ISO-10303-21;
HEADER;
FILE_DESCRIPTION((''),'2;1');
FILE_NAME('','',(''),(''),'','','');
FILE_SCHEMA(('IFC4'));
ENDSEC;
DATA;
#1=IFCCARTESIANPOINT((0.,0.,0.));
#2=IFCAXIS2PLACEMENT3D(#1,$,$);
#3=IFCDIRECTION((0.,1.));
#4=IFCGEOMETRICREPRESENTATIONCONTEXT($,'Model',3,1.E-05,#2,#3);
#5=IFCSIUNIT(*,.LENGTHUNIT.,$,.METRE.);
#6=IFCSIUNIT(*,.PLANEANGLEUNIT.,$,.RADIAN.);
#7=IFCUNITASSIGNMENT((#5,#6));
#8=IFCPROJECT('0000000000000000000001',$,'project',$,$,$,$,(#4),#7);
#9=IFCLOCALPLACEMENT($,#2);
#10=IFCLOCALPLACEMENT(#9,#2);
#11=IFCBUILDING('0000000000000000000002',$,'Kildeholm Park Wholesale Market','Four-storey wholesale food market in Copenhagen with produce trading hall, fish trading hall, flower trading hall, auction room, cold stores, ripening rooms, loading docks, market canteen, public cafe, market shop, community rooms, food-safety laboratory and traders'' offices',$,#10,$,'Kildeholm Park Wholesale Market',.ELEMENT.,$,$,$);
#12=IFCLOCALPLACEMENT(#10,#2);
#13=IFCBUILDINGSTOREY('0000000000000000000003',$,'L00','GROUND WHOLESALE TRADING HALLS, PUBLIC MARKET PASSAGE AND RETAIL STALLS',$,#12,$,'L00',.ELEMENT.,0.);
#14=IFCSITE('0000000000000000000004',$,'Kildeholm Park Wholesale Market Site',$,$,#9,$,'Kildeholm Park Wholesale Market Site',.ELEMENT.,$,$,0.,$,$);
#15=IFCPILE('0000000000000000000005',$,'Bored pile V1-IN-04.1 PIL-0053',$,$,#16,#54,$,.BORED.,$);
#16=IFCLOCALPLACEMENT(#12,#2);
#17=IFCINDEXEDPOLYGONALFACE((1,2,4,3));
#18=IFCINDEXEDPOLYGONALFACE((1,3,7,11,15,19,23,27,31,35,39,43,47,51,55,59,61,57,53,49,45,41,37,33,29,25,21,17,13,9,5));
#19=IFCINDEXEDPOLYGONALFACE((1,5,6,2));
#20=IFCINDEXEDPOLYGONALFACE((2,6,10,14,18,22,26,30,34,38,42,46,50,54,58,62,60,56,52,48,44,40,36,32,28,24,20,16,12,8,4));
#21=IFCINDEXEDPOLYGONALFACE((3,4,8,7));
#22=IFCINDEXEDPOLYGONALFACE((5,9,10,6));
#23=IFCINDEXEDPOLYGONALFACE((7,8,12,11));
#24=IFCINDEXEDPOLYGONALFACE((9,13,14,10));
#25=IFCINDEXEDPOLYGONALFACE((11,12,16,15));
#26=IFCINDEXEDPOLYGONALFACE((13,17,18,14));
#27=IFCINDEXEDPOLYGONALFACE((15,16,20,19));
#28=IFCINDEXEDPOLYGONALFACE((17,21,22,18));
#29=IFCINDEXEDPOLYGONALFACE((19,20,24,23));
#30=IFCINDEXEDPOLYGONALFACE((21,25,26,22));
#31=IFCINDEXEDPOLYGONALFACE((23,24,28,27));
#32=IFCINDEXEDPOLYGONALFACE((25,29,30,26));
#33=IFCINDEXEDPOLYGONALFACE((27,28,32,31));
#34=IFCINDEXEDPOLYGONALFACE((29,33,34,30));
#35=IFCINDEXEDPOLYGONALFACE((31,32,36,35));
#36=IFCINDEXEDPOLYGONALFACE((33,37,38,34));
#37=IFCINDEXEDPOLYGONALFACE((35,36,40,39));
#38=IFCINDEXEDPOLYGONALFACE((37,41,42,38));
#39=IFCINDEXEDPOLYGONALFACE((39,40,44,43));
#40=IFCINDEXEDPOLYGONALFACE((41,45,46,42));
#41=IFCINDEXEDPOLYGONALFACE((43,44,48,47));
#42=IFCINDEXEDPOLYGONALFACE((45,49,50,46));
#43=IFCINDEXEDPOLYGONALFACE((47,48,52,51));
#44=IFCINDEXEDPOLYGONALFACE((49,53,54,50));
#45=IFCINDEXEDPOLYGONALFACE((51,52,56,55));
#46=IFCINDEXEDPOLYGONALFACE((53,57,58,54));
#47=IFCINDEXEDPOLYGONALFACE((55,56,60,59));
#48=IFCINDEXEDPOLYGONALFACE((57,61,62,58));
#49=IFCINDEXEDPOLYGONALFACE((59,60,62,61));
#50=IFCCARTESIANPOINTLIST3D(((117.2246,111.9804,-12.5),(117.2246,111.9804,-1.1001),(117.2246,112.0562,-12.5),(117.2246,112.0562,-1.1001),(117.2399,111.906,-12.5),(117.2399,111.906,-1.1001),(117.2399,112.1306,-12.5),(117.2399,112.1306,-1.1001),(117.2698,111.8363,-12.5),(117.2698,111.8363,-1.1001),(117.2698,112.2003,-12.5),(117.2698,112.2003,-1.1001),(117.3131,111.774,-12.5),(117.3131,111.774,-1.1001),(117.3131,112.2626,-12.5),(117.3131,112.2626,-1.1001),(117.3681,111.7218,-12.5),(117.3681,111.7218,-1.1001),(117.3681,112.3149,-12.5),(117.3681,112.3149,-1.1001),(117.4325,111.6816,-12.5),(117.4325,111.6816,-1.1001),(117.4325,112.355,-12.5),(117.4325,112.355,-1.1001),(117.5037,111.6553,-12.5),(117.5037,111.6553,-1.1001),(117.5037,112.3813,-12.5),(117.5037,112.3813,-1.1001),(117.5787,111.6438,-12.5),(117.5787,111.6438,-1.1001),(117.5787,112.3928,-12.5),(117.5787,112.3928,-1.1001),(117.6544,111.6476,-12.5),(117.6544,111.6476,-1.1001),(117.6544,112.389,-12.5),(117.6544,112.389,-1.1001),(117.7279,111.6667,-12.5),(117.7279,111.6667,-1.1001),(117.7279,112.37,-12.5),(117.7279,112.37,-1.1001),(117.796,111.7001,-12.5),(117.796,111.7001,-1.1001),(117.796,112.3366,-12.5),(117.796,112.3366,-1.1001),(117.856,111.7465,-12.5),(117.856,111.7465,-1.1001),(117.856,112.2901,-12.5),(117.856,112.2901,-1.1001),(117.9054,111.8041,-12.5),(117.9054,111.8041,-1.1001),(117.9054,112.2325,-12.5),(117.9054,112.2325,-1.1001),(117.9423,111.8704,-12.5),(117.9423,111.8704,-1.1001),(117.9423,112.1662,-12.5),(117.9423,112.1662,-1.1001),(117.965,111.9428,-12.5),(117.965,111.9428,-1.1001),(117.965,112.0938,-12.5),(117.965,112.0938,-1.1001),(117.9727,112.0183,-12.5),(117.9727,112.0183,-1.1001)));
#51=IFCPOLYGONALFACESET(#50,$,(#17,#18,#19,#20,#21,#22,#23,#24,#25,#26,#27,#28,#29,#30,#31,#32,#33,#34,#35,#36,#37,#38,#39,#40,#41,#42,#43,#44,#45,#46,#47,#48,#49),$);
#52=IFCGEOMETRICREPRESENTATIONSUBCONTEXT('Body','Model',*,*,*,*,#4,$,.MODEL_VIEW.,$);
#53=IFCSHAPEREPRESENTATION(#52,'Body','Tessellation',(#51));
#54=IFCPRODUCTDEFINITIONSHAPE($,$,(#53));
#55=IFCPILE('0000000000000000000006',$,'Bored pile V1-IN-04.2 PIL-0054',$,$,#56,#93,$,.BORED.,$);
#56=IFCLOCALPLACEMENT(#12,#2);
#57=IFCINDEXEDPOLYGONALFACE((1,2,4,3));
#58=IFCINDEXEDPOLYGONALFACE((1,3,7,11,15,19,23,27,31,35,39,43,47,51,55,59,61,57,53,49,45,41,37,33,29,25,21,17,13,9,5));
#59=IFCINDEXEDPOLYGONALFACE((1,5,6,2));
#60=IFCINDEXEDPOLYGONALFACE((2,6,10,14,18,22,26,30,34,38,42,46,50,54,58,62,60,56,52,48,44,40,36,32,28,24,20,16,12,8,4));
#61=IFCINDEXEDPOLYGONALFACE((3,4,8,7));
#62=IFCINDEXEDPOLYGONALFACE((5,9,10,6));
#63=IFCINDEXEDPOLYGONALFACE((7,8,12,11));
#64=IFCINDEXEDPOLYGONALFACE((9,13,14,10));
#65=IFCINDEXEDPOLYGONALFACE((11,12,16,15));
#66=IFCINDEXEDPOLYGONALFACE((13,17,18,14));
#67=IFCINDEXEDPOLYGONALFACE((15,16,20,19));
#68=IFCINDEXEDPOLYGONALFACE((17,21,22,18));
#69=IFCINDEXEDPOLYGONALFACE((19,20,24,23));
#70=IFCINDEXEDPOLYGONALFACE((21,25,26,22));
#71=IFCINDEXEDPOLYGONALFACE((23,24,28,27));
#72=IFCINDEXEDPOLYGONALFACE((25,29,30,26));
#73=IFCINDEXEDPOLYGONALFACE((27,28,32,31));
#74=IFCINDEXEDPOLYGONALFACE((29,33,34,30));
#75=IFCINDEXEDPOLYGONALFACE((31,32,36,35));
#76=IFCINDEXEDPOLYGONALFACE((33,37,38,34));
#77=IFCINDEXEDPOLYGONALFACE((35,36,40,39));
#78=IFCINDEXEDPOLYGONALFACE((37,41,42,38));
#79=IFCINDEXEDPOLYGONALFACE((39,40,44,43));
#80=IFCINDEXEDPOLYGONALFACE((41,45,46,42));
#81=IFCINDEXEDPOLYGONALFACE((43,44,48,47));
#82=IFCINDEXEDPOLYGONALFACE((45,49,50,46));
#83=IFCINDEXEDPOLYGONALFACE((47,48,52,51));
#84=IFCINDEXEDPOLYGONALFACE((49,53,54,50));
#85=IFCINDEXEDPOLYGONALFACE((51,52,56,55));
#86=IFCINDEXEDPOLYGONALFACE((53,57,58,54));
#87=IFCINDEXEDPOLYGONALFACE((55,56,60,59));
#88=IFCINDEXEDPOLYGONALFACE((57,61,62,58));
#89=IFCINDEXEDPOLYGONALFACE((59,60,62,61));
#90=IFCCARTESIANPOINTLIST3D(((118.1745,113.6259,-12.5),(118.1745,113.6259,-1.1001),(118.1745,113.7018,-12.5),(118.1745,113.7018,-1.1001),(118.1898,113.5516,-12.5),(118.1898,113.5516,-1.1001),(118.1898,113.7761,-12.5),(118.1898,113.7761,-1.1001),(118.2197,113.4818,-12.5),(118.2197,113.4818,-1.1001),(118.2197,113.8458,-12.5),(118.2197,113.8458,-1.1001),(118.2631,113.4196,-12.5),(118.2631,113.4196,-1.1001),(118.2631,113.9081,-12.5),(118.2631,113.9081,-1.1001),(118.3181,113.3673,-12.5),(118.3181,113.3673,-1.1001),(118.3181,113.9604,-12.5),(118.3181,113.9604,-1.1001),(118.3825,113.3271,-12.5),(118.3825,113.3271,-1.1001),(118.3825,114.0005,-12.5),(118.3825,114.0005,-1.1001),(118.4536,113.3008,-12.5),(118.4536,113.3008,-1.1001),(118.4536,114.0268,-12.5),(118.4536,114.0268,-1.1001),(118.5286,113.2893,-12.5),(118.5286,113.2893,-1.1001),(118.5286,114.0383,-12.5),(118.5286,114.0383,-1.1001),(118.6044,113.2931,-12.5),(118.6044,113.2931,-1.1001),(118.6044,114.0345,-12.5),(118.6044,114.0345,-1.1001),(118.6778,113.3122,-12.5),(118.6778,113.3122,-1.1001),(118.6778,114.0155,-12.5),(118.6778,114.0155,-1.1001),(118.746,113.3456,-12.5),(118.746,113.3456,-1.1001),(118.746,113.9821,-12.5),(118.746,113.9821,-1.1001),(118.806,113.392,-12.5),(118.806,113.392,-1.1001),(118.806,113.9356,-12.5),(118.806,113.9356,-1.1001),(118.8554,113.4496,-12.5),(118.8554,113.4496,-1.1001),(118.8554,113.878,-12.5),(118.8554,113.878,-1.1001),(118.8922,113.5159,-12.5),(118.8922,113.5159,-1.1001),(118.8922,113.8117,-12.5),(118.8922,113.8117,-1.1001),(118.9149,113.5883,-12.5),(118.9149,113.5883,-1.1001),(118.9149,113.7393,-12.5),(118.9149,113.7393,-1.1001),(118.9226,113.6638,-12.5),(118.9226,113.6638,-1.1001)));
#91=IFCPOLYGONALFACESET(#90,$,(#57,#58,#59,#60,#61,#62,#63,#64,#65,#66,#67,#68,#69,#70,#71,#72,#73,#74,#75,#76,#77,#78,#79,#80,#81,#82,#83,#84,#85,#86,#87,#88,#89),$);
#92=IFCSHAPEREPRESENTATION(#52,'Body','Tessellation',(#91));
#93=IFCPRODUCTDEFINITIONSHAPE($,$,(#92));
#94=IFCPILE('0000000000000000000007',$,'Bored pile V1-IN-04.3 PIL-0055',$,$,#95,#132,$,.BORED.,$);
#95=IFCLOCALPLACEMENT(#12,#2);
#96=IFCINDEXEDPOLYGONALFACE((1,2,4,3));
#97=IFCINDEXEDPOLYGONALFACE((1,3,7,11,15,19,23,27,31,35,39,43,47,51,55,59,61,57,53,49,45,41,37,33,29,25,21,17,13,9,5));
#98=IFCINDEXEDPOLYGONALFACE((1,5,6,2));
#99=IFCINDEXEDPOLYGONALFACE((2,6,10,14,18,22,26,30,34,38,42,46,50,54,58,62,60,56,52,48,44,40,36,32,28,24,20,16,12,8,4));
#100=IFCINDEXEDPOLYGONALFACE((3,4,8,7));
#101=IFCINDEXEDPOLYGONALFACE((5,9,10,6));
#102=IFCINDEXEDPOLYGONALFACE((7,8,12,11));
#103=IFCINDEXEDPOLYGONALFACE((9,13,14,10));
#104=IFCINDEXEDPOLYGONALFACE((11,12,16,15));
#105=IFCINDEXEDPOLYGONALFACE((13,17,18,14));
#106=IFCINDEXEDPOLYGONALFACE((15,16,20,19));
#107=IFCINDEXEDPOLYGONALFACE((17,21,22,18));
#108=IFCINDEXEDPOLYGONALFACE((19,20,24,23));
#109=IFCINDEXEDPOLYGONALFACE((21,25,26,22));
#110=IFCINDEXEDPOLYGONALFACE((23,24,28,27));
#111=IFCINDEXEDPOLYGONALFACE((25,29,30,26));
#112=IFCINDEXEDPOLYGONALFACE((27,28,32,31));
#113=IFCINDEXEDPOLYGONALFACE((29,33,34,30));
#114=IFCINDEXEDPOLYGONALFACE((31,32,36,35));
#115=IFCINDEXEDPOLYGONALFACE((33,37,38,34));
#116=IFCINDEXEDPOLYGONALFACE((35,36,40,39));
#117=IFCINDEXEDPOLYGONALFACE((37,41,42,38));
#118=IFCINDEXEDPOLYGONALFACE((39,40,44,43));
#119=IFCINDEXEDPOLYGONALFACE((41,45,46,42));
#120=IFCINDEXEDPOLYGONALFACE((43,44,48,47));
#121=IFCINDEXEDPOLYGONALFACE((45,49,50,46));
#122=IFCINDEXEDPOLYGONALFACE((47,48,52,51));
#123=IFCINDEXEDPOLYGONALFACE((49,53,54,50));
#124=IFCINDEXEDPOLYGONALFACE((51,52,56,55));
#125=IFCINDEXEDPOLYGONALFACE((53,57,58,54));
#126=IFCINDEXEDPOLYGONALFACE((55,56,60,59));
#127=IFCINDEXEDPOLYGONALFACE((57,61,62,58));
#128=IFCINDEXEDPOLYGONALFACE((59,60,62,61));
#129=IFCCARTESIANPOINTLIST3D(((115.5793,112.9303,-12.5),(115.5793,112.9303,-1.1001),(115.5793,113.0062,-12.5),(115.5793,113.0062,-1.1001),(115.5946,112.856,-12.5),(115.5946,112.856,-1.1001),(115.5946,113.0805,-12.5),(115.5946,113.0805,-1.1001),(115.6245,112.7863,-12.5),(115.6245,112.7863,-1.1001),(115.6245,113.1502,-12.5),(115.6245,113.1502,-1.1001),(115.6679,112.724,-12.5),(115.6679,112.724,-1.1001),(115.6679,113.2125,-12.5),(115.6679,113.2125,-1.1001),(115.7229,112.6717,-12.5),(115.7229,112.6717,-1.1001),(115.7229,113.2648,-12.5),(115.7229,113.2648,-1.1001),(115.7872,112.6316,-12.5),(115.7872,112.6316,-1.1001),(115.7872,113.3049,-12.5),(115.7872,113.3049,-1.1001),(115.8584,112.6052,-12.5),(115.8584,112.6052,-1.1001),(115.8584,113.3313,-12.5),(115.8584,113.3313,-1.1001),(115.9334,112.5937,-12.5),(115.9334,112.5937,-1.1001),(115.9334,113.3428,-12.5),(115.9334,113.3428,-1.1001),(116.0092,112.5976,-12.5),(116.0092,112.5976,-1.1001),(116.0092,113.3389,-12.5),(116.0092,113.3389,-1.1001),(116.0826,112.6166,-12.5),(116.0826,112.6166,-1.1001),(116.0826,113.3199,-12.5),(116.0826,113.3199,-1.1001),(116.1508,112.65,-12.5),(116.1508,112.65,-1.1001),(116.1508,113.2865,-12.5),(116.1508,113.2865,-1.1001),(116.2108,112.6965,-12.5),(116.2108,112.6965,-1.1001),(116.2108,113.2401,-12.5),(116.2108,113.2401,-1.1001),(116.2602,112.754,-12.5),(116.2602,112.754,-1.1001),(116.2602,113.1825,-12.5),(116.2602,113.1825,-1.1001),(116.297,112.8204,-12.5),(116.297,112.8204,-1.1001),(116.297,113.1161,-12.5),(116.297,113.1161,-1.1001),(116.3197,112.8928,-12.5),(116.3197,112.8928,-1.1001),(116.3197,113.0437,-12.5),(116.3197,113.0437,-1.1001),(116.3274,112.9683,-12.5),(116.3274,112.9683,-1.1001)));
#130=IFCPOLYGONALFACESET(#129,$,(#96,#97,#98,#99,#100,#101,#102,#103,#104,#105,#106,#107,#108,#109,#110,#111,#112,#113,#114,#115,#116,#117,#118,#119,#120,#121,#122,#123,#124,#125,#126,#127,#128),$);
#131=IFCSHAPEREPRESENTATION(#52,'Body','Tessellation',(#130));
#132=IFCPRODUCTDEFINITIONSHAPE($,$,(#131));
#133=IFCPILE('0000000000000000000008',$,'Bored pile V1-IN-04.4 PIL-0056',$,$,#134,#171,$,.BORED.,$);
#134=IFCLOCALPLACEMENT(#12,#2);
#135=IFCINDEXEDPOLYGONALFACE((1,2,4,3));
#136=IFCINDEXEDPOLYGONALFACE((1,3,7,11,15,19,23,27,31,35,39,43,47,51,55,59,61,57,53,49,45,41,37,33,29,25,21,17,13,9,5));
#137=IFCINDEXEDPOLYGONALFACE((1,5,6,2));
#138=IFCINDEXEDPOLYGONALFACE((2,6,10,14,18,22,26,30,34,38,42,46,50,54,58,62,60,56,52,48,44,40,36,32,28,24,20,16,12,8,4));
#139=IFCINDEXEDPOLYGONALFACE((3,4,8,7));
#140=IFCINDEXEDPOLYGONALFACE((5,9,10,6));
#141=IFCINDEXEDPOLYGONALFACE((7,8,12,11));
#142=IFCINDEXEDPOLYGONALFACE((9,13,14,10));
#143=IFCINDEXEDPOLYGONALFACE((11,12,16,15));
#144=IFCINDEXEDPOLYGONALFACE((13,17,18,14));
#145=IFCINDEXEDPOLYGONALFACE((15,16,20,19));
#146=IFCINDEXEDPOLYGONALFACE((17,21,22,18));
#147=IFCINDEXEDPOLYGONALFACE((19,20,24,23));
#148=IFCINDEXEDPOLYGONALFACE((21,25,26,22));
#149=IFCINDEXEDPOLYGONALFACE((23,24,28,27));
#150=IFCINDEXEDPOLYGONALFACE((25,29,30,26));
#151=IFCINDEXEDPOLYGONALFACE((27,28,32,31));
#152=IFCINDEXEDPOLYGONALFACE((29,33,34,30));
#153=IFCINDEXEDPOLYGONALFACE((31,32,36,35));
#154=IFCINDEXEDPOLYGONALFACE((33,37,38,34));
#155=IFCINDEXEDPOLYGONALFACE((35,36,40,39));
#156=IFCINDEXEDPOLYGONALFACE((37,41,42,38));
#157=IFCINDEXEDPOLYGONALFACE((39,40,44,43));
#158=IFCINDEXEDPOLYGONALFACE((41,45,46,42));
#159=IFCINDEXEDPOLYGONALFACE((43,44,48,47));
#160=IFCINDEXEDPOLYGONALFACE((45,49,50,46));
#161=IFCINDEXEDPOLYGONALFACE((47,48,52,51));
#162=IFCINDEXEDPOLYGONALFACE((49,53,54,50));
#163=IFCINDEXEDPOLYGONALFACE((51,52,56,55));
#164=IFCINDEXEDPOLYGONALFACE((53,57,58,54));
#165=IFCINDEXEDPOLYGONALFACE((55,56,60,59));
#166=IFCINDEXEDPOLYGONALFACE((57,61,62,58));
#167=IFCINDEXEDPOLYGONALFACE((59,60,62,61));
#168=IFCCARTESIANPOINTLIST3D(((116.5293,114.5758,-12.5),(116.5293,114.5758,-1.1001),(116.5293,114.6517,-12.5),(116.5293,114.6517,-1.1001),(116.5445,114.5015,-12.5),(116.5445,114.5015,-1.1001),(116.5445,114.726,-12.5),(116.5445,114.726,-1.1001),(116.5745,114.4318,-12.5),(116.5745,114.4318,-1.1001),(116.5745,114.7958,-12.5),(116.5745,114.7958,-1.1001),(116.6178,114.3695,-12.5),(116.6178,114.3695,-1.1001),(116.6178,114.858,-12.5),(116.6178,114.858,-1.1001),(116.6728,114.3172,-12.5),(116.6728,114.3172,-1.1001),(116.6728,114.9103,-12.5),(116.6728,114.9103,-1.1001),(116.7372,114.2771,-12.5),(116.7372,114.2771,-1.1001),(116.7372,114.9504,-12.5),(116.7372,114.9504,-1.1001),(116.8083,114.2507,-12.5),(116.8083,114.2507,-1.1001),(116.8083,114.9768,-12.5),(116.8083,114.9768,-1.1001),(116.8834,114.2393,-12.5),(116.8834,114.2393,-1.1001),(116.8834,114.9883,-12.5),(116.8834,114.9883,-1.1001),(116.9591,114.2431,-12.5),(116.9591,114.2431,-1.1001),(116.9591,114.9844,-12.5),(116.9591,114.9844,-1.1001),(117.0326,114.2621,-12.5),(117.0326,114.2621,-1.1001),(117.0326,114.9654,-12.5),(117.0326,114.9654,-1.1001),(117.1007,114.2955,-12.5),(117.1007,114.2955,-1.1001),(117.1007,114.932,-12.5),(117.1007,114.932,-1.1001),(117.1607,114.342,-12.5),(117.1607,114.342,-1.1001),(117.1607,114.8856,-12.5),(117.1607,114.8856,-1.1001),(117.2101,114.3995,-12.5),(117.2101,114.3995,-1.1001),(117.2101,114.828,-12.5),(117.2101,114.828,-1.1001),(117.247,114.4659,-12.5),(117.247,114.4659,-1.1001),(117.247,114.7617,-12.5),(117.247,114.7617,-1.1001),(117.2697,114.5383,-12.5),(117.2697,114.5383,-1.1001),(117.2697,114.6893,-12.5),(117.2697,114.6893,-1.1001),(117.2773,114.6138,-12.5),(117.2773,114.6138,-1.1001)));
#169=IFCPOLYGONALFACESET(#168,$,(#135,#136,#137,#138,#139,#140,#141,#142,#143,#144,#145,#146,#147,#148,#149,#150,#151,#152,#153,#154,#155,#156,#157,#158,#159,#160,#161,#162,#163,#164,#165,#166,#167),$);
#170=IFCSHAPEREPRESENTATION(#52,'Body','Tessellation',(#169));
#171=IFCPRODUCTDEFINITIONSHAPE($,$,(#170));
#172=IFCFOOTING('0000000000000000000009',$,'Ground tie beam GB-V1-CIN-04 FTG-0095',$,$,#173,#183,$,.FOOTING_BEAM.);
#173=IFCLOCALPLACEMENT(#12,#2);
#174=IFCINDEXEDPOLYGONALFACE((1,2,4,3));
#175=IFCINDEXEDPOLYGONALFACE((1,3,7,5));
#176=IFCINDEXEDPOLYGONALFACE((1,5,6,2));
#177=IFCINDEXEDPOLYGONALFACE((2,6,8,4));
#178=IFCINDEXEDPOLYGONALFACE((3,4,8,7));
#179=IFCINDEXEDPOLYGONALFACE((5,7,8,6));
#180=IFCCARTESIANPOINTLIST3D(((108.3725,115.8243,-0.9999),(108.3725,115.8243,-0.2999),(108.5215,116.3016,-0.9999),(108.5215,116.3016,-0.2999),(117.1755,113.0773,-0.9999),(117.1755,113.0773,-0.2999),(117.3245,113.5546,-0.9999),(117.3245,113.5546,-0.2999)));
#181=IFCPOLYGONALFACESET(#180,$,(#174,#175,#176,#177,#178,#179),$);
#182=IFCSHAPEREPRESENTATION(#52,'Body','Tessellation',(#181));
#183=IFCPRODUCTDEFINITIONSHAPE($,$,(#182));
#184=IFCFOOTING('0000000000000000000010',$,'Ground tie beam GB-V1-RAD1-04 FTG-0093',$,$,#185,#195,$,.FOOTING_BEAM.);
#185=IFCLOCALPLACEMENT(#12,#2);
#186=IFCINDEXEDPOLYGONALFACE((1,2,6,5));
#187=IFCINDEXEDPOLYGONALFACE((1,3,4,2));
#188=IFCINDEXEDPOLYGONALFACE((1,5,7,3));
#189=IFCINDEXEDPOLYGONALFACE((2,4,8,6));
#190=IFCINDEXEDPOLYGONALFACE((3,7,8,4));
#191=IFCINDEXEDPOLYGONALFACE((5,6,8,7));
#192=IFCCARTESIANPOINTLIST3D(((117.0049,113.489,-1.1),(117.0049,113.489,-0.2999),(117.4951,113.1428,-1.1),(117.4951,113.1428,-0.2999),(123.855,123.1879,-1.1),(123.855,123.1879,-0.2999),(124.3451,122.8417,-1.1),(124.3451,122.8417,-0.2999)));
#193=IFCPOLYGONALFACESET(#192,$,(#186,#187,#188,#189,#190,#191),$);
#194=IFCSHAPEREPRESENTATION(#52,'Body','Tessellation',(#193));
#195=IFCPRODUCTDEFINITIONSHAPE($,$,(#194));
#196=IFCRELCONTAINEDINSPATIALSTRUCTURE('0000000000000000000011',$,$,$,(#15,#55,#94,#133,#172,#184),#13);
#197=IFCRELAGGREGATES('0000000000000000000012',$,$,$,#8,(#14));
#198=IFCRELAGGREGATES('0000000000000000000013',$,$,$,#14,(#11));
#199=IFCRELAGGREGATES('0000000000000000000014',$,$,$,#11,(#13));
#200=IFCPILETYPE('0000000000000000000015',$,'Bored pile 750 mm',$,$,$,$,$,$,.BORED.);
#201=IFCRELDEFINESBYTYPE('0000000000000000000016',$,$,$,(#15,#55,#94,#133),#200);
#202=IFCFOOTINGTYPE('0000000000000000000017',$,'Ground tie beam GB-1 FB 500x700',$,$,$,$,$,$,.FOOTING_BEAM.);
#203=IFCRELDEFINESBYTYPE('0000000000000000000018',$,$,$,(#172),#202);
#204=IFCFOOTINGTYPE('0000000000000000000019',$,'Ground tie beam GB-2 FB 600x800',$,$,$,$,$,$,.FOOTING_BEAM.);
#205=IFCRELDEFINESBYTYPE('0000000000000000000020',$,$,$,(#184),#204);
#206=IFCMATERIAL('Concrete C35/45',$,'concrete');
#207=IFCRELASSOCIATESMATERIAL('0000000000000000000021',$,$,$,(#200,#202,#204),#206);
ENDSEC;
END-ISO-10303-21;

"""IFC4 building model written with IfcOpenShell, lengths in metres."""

from ifc_helpers import new_model, si_unit, direction, frame, origin, origin_2d, place, context, subcontext, project, spatial, rectangle, circle, extrude, material, material_profile, profile_set, type_object, element, save


model = new_model("IFC4")

# Units and contexts
model_context = context("Model", 3, precision=1e-05, world=origin(), true_north=direction((0.0, 1.0)))
body_context = subcontext(model_context, "Body", "Model", "MODEL_VIEW")
ifc_project = project(units=[si_unit("LENGTHUNIT", "METRE"), si_unit("PLANEANGLEUNIT", "RADIAN")], contexts=[model_context])

# Site, building, storey
site_placement = place(None, origin())
site = spatial("IfcSite", under=ifc_project, at=site_placement, Name="Kildeholm Park Wholesale Market Site", LongName="Kildeholm Park Wholesale Market Site", CompositionType="ELEMENT", RefElevation=0.0)
building_placement = place(site_placement, origin())
building = spatial("IfcBuilding", under=site, at=building_placement, Name="Kildeholm Park Wholesale Market", Description="Four-storey wholesale food market in Copenhagen with produce trading hall, fish trading hall, flower trading hall, auction room, cold stores, ripening rooms, loading docks, market canteen, public cafe, market shop, community rooms, food-safety laboratory and traders' offices", LongName="Kildeholm Park Wholesale Market", CompositionType="ELEMENT")
storey_placement = place(building_placement, origin())
storey = spatial("IfcBuildingStorey", under=building, at=storey_placement, Name="L00", Description="GROUND WHOLESALE TRADING HALLS, PUBLIC MARKET PASSAGE AND RETAIL STALLS", LongName="L00", CompositionType="ELEMENT", Elevation=0.0)

# Piles
ifc_material_1 = material(Name="Concrete C35/45", Category="concrete")
ifc_material_profile_1 = material_profile(ifc_material_1, circle(Radius=0.375, at=origin_2d()), Name="PILE D750")
ifc_profile_set_1 = profile_set([ifc_material_profile_1], Name="Concrete C35/45")
pile_type = type_object("IfcPileType", Name="Bored pile 750 mm", PredefinedType="BORED", material=ifc_profile_set_1)
for number, where, z_axis, x_axis, name in (
    (1, (117.5977, 112.0183, -1.1001), (0.0, 0.0, -1.0), (1.0, 0.0, 0.0), "Bored pile V1-IN-04.1 PIL-0053"),
    (2, (118.5476, 113.6638, -1.1001), (0.0, 0.0, -1.0), (1.0, 0.0, 0.0), "Bored pile V1-IN-04.2 PIL-0054"),
    (3, (115.9524, 112.9683, -1.1001), (0.0, 0.0, -1.0), (1.0, 0.0, 0.0), "Bored pile V1-IN-04.3 PIL-0055"),
    (4, (116.9023, 114.6138, -1.1001), (0.0, 0.0, -1.0), (1.0, 0.0, 0.0), "Bored pile V1-IN-04.4 PIL-0056"),
):
    element("IfcPile", number, at=place(storey_placement, frame(where, z_axis=z_axis, x_axis=x_axis)), inside=storey, type_object=pile_type, Name=name, PredefinedType="BORED", context=body_context, shape_type="SweptSolid", body=[
        extrude(circle(Radius=0.375, at=origin_2d()), origin(), (0.0, 0.0, 1.0), 11.3999),
    ])

# Footings
ifc_material_profile_2 = material_profile(ifc_material_1, rectangle(XDim=0.5, YDim=0.7, at=origin_2d()), Name="FB 500x700")
ifc_profile_set_2 = profile_set([ifc_material_profile_2], Name="Concrete C35/45")
footing_type_1 = type_object("IfcFootingType", Name="Ground tie beam GB-1 FB 500x700", PredefinedType="FOOTING_BEAM", material=ifc_profile_set_2)
footing_1_placement = place(storey_placement, frame((117.25, 113.3159, -0.6499), z_axis=(-0.954599, 0.297894, 0.0), x_axis=(-0.297894, -0.954599, 0.0)))
element("IfcFooting", 5, at=footing_1_placement, inside=storey, type_object=footing_type_1, Name="Ground tie beam GB-V1-CIN-04 FTG-0095", PredefinedType="FOOTING_BEAM", context=body_context, shape_type="SweptSolid", body=[
    extrude(rectangle(XDim=0.5, YDim=0.7, at=origin_2d()), origin(), (0.0, 0.0, 1.0), 9.2217),
])
ifc_material_profile_3 = material_profile(ifc_material_1, rectangle(XDim=0.6001, YDim=0.8, at=origin_2d()), Name="FB 600x800")
ifc_profile_set_3 = profile_set([ifc_material_profile_3], Name="Concrete C35/45")
footing_type_2 = type_object("IfcFootingType", Name="Ground tie beam GB-2 FB 600x800", PredefinedType="FOOTING_BEAM", material=ifc_profile_set_3)
footing_2_placement = place(storey_placement, frame((117.25, 113.3159, -0.7), z_axis=(0.576895, 0.816819, 0.0), x_axis=(-0.816819, 0.576895, 0.0)))
element("IfcFooting", 6, at=footing_2_placement, inside=storey, type_object=footing_type_2, Name="Ground tie beam GB-V1-RAD1-04 FTG-0093", PredefinedType="FOOTING_BEAM", context=body_context, shape_type="SweptSolid", body=[
    extrude(rectangle(XDim=0.6001, YDim=0.8, at=origin_2d()), origin(), (0.0, 0.0, 1.0), 11.874),
])

save(model, "model.ifc")
